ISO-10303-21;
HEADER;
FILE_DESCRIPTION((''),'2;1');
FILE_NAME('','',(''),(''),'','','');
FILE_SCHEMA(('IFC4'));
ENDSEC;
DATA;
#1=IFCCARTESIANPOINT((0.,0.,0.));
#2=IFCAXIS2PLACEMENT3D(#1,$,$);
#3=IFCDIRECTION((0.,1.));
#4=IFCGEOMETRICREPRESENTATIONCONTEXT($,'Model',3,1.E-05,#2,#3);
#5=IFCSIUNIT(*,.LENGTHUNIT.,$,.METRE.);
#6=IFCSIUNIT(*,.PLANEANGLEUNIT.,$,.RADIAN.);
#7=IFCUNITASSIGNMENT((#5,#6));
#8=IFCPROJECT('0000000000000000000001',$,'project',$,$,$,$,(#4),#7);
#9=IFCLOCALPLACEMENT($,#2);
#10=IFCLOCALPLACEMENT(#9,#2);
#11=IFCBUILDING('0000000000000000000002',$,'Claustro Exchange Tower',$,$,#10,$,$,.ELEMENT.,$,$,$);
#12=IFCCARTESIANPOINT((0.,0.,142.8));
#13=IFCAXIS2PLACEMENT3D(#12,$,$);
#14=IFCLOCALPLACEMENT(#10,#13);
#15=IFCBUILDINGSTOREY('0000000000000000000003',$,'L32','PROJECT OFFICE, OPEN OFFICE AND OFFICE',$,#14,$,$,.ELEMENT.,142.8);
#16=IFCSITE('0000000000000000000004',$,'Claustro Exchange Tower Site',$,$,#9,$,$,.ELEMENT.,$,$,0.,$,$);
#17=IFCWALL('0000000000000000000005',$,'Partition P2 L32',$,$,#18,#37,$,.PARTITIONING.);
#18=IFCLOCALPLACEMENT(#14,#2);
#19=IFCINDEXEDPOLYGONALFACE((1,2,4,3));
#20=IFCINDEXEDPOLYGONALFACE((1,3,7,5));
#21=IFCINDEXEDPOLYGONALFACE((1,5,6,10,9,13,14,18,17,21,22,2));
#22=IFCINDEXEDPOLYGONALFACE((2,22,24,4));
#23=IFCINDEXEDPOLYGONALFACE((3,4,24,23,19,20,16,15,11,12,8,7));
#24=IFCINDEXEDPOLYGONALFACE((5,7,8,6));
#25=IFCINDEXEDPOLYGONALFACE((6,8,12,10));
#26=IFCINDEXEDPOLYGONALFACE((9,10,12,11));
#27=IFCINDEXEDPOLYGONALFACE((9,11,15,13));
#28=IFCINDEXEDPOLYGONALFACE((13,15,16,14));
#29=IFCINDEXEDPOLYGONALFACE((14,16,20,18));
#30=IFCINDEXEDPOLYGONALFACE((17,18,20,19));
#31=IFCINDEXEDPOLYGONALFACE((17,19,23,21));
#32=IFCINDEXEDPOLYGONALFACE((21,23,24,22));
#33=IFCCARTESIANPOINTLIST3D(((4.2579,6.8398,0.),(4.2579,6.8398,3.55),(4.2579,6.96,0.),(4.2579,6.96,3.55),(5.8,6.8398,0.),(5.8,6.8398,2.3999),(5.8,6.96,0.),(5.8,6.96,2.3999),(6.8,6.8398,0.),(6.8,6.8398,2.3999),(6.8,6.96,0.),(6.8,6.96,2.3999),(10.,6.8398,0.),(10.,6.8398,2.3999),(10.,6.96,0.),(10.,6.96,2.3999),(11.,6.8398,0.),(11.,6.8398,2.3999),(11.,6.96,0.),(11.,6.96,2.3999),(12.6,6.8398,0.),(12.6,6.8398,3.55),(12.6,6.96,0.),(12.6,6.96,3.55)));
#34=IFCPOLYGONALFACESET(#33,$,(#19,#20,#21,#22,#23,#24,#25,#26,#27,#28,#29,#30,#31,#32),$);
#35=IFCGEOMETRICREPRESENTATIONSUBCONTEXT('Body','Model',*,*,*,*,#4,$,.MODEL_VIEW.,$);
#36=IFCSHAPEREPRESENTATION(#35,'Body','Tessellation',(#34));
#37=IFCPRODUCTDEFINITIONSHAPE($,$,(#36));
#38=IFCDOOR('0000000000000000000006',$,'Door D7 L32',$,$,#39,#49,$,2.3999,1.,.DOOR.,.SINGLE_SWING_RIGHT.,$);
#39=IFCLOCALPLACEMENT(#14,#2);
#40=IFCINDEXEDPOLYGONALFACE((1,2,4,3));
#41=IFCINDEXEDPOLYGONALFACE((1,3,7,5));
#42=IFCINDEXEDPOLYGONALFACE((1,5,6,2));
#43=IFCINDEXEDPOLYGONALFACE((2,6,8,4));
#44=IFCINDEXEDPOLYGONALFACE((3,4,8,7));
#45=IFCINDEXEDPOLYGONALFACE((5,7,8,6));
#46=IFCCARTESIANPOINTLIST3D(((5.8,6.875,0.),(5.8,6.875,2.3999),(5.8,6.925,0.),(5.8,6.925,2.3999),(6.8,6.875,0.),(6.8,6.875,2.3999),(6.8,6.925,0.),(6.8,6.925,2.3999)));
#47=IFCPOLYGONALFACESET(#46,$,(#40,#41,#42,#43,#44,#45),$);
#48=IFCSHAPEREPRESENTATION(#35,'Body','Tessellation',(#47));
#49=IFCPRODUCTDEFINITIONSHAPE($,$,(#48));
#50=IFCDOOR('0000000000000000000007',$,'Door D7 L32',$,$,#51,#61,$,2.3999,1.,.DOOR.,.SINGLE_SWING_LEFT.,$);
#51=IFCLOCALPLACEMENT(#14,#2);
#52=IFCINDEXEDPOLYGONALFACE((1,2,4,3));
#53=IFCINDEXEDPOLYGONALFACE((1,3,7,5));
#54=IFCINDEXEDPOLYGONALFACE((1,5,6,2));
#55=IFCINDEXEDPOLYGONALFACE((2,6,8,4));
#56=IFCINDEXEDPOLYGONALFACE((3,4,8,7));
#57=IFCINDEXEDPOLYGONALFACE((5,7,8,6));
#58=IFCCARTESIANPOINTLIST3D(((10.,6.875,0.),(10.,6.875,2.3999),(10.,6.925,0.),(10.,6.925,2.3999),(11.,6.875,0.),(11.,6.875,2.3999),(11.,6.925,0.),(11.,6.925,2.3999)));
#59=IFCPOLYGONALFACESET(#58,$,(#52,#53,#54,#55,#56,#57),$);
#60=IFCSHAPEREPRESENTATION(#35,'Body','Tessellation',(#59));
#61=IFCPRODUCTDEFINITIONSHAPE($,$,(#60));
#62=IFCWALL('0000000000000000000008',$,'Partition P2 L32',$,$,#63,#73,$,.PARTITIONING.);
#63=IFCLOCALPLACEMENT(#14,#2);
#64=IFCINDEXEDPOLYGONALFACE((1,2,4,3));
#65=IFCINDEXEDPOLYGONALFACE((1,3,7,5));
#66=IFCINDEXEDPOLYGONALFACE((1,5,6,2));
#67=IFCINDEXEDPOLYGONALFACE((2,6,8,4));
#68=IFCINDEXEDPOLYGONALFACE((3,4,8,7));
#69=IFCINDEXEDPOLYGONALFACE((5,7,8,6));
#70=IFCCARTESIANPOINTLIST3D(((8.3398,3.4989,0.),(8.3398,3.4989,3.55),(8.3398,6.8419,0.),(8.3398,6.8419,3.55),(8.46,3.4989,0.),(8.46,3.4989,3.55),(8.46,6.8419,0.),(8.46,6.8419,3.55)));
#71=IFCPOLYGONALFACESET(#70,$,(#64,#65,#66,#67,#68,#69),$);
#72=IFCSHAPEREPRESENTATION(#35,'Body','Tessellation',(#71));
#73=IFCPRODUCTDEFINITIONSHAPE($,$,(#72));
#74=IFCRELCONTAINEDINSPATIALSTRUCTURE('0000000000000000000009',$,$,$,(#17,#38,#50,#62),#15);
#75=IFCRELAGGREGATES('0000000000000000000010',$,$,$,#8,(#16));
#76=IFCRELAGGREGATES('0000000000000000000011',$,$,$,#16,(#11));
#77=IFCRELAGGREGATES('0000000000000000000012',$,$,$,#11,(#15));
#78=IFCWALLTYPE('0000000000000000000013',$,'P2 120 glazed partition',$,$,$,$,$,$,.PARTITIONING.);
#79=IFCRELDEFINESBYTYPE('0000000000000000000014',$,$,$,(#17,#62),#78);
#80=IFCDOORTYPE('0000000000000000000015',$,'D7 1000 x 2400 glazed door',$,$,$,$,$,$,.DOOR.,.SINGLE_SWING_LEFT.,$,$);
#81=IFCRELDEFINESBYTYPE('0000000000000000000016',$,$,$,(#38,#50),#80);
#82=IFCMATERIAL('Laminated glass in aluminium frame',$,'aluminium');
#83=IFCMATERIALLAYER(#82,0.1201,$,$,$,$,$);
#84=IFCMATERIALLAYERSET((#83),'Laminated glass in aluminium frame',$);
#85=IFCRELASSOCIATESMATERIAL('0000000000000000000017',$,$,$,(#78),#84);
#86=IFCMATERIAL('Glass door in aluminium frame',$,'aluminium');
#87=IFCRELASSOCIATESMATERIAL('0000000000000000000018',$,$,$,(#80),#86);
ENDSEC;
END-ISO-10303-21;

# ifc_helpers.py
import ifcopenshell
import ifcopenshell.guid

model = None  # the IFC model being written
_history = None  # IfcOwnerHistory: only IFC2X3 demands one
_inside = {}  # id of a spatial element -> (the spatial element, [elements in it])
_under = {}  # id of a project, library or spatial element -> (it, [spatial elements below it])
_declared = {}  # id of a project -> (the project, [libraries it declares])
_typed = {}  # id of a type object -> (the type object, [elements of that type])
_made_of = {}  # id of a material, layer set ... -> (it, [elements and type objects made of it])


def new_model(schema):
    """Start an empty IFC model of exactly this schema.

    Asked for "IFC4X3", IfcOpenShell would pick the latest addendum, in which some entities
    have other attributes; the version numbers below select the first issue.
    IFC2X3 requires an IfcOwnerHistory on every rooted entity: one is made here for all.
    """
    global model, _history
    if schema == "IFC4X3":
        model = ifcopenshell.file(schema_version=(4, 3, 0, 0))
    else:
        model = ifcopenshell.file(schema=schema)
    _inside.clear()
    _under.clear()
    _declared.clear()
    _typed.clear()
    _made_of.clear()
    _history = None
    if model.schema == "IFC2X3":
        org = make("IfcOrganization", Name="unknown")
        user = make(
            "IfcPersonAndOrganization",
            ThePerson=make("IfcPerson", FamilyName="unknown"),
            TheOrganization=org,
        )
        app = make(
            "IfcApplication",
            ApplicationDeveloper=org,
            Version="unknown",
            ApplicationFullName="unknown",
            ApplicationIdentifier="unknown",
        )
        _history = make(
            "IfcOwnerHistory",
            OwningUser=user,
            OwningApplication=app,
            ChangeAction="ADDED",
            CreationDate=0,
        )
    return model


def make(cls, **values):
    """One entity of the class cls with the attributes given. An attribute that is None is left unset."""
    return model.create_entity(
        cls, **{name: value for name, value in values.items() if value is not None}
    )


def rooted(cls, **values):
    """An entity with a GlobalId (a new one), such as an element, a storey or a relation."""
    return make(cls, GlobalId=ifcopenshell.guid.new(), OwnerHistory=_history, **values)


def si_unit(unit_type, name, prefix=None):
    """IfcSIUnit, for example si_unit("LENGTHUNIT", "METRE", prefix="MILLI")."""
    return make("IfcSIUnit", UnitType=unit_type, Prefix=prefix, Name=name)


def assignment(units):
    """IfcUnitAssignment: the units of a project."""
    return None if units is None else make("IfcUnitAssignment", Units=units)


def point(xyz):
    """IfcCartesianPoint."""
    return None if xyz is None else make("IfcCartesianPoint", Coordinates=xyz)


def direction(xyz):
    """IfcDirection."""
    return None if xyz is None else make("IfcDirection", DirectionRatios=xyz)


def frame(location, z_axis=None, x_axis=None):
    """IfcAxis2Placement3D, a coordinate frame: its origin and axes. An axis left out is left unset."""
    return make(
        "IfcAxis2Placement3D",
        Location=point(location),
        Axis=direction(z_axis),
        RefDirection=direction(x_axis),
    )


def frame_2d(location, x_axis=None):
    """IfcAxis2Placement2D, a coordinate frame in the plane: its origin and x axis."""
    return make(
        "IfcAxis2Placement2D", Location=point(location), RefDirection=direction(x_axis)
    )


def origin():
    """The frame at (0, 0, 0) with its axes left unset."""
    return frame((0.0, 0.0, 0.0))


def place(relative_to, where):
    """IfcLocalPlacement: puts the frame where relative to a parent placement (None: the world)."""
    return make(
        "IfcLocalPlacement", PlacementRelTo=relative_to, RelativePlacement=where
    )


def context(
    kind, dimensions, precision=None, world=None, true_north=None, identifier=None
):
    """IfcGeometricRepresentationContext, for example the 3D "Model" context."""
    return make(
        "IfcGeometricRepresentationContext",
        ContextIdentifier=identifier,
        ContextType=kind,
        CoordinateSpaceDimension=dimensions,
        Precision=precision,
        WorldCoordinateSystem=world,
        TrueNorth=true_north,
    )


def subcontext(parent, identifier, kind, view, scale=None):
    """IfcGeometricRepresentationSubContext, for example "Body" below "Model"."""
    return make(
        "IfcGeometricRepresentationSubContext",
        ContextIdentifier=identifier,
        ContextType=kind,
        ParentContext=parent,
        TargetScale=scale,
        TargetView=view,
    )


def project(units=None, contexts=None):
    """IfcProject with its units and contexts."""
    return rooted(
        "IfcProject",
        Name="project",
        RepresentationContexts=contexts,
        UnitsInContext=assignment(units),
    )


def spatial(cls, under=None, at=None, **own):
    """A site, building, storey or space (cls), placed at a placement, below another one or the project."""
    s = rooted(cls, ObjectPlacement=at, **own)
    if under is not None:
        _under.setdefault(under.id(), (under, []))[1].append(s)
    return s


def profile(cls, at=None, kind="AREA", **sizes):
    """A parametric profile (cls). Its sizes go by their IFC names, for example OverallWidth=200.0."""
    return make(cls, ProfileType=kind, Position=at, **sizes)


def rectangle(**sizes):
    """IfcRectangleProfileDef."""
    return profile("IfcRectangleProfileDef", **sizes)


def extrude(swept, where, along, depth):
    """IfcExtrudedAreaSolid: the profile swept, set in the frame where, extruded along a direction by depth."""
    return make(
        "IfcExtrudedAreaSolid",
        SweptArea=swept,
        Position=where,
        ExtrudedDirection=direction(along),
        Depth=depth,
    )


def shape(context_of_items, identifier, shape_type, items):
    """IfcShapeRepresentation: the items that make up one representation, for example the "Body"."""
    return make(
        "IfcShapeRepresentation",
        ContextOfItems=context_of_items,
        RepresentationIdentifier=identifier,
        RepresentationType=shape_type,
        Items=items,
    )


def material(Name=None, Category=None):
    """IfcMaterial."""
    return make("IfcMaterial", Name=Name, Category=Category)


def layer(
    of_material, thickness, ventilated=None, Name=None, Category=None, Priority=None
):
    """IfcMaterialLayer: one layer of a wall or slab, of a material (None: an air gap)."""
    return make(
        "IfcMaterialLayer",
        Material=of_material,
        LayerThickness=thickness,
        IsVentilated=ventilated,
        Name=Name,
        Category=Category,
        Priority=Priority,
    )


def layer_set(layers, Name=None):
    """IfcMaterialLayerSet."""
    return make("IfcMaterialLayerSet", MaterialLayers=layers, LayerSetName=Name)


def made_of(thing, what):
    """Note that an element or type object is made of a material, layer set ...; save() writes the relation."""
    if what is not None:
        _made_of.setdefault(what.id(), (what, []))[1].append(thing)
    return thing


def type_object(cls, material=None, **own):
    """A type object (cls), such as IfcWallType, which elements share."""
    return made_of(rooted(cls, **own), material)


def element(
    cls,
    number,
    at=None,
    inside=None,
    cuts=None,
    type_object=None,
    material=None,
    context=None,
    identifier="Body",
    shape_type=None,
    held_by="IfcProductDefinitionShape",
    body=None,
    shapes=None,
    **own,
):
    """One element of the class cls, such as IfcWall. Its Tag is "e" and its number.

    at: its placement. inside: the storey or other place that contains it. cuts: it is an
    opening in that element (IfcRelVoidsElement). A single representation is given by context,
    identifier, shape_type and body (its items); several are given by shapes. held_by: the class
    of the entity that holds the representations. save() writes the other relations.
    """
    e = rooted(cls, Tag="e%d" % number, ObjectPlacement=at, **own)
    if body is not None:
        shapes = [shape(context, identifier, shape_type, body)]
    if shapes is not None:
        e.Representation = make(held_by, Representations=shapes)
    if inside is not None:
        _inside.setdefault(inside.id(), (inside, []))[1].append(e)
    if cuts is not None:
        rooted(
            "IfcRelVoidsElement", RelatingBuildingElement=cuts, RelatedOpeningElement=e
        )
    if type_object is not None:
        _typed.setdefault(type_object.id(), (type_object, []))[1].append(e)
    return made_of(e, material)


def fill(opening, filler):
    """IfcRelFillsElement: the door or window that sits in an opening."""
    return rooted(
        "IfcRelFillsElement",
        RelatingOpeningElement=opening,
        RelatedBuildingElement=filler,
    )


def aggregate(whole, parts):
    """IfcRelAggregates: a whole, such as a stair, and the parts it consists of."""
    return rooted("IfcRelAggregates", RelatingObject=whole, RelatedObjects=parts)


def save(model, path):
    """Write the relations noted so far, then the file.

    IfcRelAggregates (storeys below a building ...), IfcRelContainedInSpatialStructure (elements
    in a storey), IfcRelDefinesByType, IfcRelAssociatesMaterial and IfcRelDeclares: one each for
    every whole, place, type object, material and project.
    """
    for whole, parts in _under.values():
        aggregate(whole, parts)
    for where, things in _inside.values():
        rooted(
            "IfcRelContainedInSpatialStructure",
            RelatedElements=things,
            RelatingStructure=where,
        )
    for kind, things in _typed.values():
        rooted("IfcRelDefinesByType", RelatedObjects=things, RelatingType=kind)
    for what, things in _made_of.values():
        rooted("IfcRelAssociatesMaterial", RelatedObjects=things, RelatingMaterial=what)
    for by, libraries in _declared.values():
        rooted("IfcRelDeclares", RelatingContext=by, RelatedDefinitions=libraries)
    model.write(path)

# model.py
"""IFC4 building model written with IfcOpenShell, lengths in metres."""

from ifc_helpers import new_model, si_unit, direction, frame, frame_2d, origin, place, context, subcontext, project, spatial, rectangle, extrude, material, layer, layer_set, type_object, element, fill, save


model = new_model("IFC4")

# Units and contexts
model_context = context("Model", 3, precision=1e-05, world=origin(), true_north=direction((0.0, 1.0)))
body_context = subcontext(model_context, "Body", "Model", "MODEL_VIEW")
ifc_project = project(units=[si_unit("LENGTHUNIT", "METRE"), si_unit("PLANEANGLEUNIT", "RADIAN")], contexts=[model_context])

# Site, building, storey
site_placement = place(None, origin())
site = spatial("IfcSite", under=ifc_project, at=site_placement, Name="Claustro Exchange Tower Site", CompositionType="ELEMENT", RefElevation=0.0)
building_placement = place(site_placement, origin())
building = spatial("IfcBuilding", under=site, at=building_placement, Name="Claustro Exchange Tower", CompositionType="ELEMENT")
storey_placement = place(building_placement, frame((0.0, 0.0, 142.8)))
storey = spatial("IfcBuildingStorey", under=building, at=storey_placement, Name="L32", Description="PROJECT OFFICE, OPEN OFFICE AND OFFICE", CompositionType="ELEMENT", Elevation=142.8)

# Wall, openings, doors
ifc_material_1 = material(Name="Laminated glass in aluminium frame", Category="aluminium")
ifc_layer_1 = layer(ifc_material_1, 0.1201)
ifc_layer_set_1 = layer_set([ifc_layer_1], Name="Laminated glass in aluminium frame")
wall_type_1 = type_object("IfcWallType", Name="P2 120 glazed partition", PredefinedType="PARTITIONING", material=ifc_layer_set_1)
wall_1_placement = place(storey_placement, frame((4.2581, 6.8999, 0.0), z_axis=(0.0, 0.0, 1.0), x_axis=(1.0, 0.0, 0.0)))
wall_1 = element("IfcWall", 1, at=wall_1_placement, inside=storey, type_object=wall_type_1, Name="Partition P2 L32", PredefinedType="PARTITIONING", context=body_context, shape_type="SweptSolid", body=[
    extrude(rectangle(XDim=8.342, YDim=0.1201, at=frame_2d((4.1709, 0.0))), origin(), (0.0, 0.0, 1.0), 3.55),
])
opening_1_placement = place(wall_1_placement, frame((1.542, 0.0, 0.0)))
opening_1 = element("IfcOpeningElement", 2, at=opening_1_placement, cuts=wall_1, PredefinedType="OPENING", context=body_context, shape_type="SweptSolid", body=[
    extrude(rectangle(XDim=1.0, YDim=2.3999, at=frame_2d((0.5, 1.2))), frame((0.0, 0.0701, 0.0), z_axis=(0.0, -1.0, 0.0), x_axis=(1.0, 0.0, 0.0)), (0.0, 0.0, 1.0), 0.1401),
])
opening_2_placement = place(wall_1_placement, frame((5.7419, 0.0, 0.0)))
opening_2 = element("IfcOpeningElement", 3, at=opening_2_placement, cuts=wall_1, PredefinedType="OPENING", context=body_context, shape_type="SweptSolid", body=[
    extrude(rectangle(XDim=1.0, YDim=2.3999, at=frame_2d((0.5, 1.2))), frame((0.0, 0.0701, 0.0), z_axis=(0.0, -1.0, 0.0), x_axis=(1.0, 0.0, 0.0)), (0.0, 0.0, 1.0), 0.1401),
])
ifc_material_2 = material(Name="Glass door in aluminium frame", Category="aluminium")
door_type_1 = type_object("IfcDoorType", Name="D7 1000 x 2400 glazed door", OperationType="SINGLE_SWING_LEFT", PredefinedType="DOOR", material=ifc_material_2)
door_1_placement = place(opening_1_placement, frame((1.0, 0.0, 0.0), z_axis=(0.0, 0.0, 1.0), x_axis=(-1.0, 0.0, 0.0)))
door_1 = element("IfcDoor", 4, at=door_1_placement, inside=storey, type_object=door_type_1, Name="Door D7 L32", OperationType="SINGLE_SWING_RIGHT", OverallHeight=2.3999, OverallWidth=1.0, PredefinedType="DOOR", context=body_context, shape_type="SweptSolid", body=[
    extrude(rectangle(XDim=1.0, YDim=2.3999, at=frame_2d((0.5, 1.2))), frame((0.0, 0.0249, 0.0), z_axis=(0.0, -1.0, 0.0), x_axis=(1.0, 0.0, 0.0)), (0.0, 0.0, 1.0), 0.05),
])
fill(opening_1, door_1)
door_2_placement = place(opening_2_placement, frame((1.0, 0.0, 0.0), z_axis=(0.0, 0.0, 1.0), x_axis=(-1.0, 0.0, 0.0)))
door_2 = element("IfcDoor", 5, at=door_2_placement, inside=storey, type_object=door_type_1, Name="Door D7 L32", OperationType="SINGLE_SWING_LEFT", OverallHeight=2.3999, OverallWidth=1.0, PredefinedType="DOOR", context=body_context, shape_type="SweptSolid", body=[
    extrude(rectangle(XDim=1.0, YDim=2.3999, at=frame_2d((0.5, 1.2))), frame((0.0, 0.0249, 0.0), z_axis=(0.0, -1.0, 0.0), x_axis=(1.0, 0.0, 0.0)), (0.0, 0.0, 1.0), 0.05),
])
fill(opening_2, door_2)

# Wall
wall_2_placement = place(storey_placement, frame((8.3999, 3.499, 0.0), z_axis=(0.0, 0.0, 1.0), x_axis=(0.0, 1.0, 0.0)))
element("IfcWall", 6, at=wall_2_placement, inside=storey, type_object=wall_type_1, Name="Partition P2 L32", PredefinedType="PARTITIONING", context=body_context, shape_type="SweptSolid", body=[
    extrude(rectangle(XDim=3.343, YDim=0.1201, at=frame_2d((1.6714, 0.0))), origin(), (0.0, 0.0, 1.0), 3.55),
])

save(model, "model.ifc")
